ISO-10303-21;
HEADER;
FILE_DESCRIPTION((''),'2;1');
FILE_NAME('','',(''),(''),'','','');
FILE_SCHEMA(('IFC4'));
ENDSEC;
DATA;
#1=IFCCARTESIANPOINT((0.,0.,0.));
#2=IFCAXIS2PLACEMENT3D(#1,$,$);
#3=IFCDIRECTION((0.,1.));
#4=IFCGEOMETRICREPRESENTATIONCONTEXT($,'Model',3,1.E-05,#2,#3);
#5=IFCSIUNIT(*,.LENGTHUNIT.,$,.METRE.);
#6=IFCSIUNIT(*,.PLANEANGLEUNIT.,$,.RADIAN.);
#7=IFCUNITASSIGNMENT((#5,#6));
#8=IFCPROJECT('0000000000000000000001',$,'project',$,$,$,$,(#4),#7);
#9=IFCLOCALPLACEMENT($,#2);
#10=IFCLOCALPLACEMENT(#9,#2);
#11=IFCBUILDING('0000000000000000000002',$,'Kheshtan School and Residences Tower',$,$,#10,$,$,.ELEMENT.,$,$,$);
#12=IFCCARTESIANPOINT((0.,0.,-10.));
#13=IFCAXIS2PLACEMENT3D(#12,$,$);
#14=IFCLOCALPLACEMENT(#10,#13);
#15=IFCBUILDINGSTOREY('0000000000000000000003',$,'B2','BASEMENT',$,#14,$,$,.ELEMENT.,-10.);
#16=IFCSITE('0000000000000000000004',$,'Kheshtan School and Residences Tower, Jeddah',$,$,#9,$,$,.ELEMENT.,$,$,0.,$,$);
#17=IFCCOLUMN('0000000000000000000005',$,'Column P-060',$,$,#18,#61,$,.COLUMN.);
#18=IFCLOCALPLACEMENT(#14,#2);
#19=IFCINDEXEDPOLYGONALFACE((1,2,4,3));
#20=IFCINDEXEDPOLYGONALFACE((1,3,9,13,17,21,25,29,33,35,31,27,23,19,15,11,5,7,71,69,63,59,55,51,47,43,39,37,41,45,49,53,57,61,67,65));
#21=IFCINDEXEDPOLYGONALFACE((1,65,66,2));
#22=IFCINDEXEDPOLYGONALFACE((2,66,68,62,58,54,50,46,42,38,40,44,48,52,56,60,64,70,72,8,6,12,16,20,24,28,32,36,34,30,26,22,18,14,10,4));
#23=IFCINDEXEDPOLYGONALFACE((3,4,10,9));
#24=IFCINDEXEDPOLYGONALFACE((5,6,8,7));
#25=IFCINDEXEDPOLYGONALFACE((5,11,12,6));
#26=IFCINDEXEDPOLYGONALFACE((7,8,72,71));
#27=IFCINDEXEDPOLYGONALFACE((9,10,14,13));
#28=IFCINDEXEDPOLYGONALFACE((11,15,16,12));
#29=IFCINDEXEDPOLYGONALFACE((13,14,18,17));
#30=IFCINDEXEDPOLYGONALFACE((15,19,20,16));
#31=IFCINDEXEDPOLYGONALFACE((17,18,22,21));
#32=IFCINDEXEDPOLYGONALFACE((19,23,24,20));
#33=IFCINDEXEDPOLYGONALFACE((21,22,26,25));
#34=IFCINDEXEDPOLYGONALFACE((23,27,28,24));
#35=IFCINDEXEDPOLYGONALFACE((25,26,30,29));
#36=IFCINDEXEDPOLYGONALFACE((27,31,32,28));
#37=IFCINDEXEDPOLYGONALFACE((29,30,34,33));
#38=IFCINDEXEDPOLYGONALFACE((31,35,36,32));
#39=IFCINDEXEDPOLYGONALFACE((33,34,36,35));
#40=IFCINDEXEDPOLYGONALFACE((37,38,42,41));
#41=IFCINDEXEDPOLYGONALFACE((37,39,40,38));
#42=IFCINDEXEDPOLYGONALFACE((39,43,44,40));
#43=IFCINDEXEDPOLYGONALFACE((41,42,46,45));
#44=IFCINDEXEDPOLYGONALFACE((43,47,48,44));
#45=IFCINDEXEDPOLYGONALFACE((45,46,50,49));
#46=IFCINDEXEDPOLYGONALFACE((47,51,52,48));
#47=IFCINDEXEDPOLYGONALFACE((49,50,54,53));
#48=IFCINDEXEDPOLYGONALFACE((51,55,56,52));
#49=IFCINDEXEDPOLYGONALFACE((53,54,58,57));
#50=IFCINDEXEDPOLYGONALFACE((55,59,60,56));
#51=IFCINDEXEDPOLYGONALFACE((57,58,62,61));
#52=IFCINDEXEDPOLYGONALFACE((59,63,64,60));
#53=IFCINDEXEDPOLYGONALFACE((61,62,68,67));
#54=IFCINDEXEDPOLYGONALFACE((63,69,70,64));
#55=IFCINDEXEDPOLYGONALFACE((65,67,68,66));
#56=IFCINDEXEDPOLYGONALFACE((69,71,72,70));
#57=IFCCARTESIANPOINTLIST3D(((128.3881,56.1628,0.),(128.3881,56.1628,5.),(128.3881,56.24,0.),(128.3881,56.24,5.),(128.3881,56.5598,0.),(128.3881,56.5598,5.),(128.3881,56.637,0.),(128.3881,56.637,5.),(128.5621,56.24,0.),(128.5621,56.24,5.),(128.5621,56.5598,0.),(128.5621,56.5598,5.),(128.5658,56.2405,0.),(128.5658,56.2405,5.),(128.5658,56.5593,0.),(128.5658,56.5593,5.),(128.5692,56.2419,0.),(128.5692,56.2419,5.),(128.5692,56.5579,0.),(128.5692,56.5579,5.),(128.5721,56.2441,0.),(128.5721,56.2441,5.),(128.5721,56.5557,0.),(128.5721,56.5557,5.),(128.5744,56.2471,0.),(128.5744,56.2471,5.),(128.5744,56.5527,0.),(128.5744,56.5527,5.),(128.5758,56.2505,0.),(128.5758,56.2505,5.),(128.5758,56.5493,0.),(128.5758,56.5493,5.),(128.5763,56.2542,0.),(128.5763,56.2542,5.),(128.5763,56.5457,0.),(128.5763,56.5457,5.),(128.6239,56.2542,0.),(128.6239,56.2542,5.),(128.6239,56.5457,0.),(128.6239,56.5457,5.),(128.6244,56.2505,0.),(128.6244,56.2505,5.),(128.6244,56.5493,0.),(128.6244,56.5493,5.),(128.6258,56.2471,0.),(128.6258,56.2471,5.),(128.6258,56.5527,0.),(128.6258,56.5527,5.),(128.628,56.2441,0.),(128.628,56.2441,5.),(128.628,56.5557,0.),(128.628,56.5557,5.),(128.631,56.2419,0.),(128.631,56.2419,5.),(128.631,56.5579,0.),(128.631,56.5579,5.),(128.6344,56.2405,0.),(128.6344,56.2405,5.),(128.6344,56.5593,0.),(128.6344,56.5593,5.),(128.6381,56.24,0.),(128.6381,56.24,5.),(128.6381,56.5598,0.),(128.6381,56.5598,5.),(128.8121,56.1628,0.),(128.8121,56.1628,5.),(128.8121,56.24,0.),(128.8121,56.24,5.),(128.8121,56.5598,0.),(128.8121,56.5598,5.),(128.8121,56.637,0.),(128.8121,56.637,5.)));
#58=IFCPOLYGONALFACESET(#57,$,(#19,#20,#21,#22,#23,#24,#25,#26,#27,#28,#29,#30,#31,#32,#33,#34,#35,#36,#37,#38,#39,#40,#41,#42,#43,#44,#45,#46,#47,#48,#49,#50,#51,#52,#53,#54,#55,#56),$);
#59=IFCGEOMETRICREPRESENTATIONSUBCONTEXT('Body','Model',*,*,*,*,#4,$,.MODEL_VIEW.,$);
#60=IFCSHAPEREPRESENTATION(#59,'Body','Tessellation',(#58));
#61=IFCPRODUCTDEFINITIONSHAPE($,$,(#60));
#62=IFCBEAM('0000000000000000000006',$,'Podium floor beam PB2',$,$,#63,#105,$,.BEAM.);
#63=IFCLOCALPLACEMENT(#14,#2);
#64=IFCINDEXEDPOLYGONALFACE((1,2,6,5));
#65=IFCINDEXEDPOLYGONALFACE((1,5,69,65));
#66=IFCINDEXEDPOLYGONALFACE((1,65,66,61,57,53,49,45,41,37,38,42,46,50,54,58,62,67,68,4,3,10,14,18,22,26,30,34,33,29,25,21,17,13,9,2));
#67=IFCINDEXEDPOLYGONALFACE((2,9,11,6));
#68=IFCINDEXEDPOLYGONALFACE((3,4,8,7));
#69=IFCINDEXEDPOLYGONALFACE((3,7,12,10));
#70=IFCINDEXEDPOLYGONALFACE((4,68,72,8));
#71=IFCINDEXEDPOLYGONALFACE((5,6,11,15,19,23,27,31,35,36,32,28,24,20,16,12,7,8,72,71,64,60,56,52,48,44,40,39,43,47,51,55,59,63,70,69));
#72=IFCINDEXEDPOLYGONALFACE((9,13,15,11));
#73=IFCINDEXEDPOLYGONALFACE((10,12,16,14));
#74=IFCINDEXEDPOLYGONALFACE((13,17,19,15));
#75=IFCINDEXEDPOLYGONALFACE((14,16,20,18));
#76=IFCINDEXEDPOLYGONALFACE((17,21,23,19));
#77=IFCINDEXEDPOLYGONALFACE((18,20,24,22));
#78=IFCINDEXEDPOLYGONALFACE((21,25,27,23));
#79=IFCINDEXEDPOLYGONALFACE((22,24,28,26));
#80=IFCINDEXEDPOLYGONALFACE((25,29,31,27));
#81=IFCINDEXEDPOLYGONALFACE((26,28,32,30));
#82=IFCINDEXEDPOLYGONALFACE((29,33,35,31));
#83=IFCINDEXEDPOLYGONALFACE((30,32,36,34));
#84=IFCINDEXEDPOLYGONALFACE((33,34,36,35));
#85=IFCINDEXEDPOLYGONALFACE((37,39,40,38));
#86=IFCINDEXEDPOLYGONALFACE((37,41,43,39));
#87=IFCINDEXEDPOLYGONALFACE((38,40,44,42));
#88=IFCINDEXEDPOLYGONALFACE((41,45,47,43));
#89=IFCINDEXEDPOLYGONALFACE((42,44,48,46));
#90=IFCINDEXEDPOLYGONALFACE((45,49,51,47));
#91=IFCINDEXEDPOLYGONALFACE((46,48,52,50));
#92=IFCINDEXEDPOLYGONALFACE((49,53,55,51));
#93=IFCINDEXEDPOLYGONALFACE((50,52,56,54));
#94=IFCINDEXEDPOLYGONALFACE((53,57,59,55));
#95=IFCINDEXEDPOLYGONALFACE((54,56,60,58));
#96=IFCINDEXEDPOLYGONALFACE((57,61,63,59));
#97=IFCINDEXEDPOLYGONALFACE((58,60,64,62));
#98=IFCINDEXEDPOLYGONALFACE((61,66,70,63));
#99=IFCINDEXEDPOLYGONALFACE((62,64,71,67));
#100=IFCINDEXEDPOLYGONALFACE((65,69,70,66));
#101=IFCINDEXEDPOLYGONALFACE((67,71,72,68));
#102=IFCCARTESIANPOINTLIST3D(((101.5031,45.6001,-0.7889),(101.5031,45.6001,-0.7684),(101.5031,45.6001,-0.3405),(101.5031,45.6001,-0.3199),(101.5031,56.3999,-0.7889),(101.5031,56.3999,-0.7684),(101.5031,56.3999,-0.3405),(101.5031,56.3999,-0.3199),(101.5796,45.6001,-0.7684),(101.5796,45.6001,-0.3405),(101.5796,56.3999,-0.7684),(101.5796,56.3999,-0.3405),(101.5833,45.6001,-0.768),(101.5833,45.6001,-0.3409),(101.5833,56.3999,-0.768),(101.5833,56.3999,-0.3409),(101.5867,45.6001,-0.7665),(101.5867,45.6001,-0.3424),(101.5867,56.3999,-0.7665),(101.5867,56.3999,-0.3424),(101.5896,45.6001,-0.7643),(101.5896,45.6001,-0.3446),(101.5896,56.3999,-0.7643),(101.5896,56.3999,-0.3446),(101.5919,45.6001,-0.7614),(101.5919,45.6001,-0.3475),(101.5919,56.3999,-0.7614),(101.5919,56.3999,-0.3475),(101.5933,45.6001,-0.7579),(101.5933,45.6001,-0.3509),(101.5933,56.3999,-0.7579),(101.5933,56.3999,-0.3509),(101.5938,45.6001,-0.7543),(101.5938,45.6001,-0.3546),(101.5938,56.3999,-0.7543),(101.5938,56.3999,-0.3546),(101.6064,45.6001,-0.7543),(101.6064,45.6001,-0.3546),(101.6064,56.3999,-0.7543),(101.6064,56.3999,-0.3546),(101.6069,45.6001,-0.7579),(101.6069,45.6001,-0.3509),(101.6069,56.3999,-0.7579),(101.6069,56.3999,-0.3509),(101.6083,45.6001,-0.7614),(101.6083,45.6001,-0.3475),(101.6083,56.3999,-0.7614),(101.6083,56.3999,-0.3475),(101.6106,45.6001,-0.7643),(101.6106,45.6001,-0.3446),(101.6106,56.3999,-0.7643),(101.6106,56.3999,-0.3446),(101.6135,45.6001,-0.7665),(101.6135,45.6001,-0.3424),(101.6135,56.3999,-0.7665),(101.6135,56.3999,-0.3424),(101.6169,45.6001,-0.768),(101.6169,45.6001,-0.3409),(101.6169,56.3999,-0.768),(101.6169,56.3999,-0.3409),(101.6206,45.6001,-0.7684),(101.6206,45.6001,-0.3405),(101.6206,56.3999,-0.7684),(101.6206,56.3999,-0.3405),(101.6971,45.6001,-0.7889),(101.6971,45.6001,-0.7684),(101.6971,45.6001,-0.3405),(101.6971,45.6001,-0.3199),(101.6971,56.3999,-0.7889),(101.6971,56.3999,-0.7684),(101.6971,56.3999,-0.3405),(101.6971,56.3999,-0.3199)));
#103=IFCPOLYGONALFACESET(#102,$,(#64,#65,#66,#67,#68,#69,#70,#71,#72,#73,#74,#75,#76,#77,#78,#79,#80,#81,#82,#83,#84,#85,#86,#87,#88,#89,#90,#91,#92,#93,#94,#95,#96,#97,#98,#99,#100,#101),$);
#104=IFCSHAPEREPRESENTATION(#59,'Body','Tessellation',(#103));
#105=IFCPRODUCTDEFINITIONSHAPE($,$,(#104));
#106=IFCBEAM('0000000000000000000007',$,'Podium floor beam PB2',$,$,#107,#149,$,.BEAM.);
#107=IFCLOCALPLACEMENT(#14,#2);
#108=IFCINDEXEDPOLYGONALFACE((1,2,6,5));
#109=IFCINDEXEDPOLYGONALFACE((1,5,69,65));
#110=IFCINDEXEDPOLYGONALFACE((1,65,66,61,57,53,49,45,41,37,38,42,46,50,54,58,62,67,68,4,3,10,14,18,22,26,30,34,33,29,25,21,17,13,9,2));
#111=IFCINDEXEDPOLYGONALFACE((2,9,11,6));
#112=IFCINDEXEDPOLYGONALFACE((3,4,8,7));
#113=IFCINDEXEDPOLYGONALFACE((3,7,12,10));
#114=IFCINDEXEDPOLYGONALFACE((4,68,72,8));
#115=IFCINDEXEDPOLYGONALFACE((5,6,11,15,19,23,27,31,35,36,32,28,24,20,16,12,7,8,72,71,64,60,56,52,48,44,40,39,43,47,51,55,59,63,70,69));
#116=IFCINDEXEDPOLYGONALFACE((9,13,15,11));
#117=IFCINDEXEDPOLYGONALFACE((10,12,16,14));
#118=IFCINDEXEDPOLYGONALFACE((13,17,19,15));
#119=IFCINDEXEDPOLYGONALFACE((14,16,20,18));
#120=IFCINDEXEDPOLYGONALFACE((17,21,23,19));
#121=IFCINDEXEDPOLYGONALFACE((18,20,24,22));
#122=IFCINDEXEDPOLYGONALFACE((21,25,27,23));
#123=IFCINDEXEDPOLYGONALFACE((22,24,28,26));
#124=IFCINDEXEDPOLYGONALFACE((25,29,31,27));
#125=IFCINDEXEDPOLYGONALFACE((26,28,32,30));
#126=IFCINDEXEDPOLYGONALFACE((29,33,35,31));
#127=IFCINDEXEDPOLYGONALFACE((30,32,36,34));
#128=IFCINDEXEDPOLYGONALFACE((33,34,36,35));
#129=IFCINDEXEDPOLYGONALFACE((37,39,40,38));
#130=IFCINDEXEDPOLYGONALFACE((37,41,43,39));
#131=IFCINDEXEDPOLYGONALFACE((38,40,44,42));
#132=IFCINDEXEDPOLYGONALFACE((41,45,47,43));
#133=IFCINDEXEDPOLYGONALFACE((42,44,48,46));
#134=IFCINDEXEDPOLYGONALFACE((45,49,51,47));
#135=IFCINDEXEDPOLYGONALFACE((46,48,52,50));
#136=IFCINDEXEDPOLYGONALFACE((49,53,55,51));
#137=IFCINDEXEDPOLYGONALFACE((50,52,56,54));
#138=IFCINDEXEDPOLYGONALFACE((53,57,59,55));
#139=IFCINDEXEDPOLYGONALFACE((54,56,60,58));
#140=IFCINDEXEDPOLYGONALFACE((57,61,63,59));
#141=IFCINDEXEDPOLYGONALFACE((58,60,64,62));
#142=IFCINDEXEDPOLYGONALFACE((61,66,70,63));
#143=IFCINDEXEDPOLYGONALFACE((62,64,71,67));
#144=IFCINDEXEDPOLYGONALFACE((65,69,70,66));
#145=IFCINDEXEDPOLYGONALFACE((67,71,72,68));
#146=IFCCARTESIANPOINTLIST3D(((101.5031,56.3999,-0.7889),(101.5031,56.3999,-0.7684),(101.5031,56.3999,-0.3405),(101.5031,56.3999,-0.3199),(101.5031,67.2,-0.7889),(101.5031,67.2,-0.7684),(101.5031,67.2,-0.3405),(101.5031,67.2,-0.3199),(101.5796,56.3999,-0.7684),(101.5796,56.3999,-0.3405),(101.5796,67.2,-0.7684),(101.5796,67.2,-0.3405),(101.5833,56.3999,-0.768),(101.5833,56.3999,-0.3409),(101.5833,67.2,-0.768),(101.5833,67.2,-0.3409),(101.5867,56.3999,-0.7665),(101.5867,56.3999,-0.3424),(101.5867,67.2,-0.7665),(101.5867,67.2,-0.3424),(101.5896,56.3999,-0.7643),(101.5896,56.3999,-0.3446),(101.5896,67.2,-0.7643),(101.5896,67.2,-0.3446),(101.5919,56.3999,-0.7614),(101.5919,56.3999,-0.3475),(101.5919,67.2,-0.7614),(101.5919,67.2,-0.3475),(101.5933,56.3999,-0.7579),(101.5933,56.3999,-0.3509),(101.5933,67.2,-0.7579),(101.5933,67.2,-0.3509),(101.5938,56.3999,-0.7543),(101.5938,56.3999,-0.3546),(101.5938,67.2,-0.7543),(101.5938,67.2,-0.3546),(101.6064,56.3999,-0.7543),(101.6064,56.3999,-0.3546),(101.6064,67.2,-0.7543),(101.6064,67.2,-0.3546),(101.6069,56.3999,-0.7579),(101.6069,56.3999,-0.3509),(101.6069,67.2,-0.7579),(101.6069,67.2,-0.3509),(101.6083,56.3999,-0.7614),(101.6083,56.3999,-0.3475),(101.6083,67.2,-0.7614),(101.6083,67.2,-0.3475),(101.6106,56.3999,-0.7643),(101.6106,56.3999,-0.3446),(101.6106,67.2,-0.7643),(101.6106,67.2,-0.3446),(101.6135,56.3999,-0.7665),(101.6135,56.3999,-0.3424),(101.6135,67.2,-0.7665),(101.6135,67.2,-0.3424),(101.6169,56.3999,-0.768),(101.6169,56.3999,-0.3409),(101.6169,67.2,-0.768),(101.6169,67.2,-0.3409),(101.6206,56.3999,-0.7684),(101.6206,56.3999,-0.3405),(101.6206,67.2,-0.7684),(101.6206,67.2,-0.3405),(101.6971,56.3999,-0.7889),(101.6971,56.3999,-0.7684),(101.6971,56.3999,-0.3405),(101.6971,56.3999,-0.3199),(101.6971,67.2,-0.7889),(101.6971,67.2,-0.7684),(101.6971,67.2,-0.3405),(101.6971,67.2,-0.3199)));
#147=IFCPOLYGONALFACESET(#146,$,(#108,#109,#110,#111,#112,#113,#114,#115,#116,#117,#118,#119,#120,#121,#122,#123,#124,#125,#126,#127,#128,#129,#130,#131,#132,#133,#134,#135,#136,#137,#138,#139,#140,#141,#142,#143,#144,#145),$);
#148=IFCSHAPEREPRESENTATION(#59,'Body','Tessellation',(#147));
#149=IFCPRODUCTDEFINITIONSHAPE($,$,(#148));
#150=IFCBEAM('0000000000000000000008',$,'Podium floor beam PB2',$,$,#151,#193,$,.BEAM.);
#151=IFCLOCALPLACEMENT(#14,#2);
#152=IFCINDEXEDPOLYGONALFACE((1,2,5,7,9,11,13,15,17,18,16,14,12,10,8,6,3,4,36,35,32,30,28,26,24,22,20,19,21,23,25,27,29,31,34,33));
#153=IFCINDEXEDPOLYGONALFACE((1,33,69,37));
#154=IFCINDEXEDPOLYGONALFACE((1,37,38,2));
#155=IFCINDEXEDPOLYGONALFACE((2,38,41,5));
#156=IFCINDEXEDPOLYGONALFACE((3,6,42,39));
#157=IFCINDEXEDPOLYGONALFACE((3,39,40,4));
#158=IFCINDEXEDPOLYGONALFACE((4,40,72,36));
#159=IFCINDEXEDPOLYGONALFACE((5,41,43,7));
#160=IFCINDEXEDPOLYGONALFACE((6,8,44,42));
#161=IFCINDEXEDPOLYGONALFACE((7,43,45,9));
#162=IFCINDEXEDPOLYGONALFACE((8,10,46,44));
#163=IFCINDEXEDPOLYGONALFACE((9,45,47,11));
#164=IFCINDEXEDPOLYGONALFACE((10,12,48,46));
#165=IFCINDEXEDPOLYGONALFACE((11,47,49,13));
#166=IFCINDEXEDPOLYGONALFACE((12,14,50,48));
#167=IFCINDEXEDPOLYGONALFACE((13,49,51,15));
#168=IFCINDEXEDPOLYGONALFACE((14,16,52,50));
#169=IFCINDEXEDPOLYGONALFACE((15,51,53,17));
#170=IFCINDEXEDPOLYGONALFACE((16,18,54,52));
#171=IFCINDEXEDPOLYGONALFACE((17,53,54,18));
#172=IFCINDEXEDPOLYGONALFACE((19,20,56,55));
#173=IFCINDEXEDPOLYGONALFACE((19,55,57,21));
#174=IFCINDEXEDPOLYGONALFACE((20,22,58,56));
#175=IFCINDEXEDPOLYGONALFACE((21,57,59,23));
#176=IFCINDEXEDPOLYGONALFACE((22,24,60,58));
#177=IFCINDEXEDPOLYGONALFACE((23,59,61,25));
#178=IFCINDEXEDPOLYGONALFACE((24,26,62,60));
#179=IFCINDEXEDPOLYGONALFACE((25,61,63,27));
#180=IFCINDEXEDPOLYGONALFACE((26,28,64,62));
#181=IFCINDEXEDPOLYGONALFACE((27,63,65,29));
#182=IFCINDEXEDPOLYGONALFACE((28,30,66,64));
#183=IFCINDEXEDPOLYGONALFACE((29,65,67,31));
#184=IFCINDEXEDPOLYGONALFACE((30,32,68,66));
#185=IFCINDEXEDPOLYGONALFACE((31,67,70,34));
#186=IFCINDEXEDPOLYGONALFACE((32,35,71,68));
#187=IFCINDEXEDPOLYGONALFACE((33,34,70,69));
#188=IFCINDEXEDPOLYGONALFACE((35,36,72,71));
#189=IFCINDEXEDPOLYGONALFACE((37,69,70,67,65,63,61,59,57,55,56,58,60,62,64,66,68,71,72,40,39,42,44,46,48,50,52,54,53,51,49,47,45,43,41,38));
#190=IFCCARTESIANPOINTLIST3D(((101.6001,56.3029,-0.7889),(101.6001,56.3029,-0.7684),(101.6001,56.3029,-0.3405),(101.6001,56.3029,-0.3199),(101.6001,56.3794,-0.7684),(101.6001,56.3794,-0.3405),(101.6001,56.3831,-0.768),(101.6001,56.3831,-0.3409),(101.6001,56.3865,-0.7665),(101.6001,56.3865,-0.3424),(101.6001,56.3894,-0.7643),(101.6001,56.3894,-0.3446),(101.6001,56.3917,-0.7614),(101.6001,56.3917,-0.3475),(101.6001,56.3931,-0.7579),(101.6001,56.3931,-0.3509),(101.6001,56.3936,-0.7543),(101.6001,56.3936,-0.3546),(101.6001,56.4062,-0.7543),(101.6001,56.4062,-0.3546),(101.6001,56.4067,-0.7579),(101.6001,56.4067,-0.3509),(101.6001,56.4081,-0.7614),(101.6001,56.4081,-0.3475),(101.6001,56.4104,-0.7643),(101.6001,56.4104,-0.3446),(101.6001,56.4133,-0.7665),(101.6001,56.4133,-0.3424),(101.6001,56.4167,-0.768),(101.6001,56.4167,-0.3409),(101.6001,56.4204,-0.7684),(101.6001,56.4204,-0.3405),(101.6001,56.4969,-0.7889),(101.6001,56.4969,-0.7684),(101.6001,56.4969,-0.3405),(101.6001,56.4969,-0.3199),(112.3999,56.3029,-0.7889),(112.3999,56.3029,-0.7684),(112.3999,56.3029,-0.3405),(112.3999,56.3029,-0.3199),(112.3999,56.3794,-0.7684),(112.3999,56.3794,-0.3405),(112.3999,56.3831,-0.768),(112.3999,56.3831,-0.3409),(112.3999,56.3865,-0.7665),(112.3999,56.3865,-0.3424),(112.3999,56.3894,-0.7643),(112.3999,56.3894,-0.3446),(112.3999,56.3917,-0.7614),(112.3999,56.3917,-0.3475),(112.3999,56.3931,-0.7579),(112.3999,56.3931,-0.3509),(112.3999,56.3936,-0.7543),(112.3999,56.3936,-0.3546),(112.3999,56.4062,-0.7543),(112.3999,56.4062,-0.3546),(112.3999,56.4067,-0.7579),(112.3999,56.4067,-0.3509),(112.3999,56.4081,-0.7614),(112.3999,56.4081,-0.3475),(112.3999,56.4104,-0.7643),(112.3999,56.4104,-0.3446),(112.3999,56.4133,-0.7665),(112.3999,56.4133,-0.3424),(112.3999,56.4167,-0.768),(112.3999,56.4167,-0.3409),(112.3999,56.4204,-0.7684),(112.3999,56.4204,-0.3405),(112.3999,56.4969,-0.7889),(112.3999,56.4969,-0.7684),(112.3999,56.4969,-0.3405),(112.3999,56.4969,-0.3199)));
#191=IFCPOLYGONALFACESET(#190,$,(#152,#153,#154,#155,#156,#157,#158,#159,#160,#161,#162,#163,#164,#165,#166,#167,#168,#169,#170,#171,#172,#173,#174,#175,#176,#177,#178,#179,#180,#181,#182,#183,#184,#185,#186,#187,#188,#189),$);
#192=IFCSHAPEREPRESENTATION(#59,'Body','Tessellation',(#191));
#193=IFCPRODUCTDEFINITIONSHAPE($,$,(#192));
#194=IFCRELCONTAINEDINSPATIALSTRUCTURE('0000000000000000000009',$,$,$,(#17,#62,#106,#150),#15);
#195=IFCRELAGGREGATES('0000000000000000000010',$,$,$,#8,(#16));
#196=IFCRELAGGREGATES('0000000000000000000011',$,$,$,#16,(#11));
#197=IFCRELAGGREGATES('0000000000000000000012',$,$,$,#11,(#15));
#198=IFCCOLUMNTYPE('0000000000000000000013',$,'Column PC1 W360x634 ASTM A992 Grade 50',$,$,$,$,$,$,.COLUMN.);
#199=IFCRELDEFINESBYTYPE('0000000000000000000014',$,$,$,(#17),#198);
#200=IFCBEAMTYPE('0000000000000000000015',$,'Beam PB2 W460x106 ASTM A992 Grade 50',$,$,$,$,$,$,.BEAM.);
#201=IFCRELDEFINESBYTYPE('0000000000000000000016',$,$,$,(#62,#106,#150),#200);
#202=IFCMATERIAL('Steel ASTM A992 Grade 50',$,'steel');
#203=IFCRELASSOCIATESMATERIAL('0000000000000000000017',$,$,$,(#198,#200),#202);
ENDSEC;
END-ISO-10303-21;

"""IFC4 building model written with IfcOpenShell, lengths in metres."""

from ifc_helpers import new_model, si_unit, direction, frame, origin, origin_2d, place, context, subcontext, project, spatial, i_section, extrude, material, material_profile, profile_set, type_object, element, save


model = new_model("IFC4")

# Units and contexts
model_context = context("Model", 3, precision=1e-05, world=origin(), true_north=direction((0.0, 1.0)))
body_context = subcontext(model_context, "Body", "Model", "MODEL_VIEW")
ifc_project = project(units=[si_unit("LENGTHUNIT", "METRE"), si_unit("PLANEANGLEUNIT", "RADIAN")], contexts=[model_context])

# Site, building, storey
site_placement = place(None, origin())
site = spatial("IfcSite", under=ifc_project, at=site_placement, Name="Kheshtan School and Residences Tower, Jeddah", CompositionType="ELEMENT", RefElevation=0.0)
building_placement = place(site_placement, origin())
building = spatial("IfcBuilding", under=site, at=building_placement, Name="Kheshtan School and Residences Tower", CompositionType="ELEMENT")
storey_placement = place(building_placement, frame((0.0, 0.0, -10.0)))
storey = spatial("IfcBuildingStorey", under=building, at=storey_placement, Name="B2", Description="BASEMENT", CompositionType="ELEMENT", Elevation=-10.0)

# Column
ifc_material_1 = material(Name="Steel ASTM A992 Grade 50", Category="steel")
ifc_material_profile_1 = material_profile(ifc_material_1, i_section(OverallWidth=0.4241, OverallDepth=0.4741, WebThickness=0.0476, FlangeThickness=0.0771, FilletRadius=0.0142, at=origin_2d()), Name="W360x634")
ifc_profile_set_1 = profile_set([ifc_material_profile_1], Name="Steel ASTM A992 Grade 50")
column_type = type_object("IfcColumnType", Name="Column PC1 W360x634 ASTM A992 Grade 50", PredefinedType="COLUMN", material=ifc_profile_set_1)
for number, where, z_axis, x_axis, name in (
    (1, (128.6001, 56.3999, 0.0), (0.0, 0.0, 1.0), (1.0, 0.0, 0.0), "Column P-060"),
):
    element("IfcColumn", number, at=place(storey_placement, frame(where, z_axis=z_axis, x_axis=x_axis)), inside=storey, type_object=column_type, Name=name, PredefinedType="COLUMN", context=body_context, shape_type="SweptSolid", body=[
        extrude(i_section(OverallWidth=0.4241, OverallDepth=0.4741, WebThickness=0.0476, FlangeThickness=0.0771, FilletRadius=0.0142, at=origin_2d()), origin(), (0.0, 0.0, 1.0), 5.0),
    ])

# Beams
ifc_material_profile_2 = material_profile(ifc_material_1, i_section(OverallWidth=0.1941, OverallDepth=0.469, WebThickness=0.0127, FlangeThickness=0.0205, FilletRadius=0.0142, at=origin_2d()), Name="W460x106")
ifc_profile_set_2 = profile_set([ifc_material_profile_2], Name="Steel ASTM A992 Grade 50")
beam_type = type_object("IfcBeamType", Name="Beam PB2 W460x106 ASTM A992 Grade 50", PredefinedType="BEAM", material=ifc_profile_set_2)
beam_1_placement = place(storey_placement, frame((101.6001, 45.6001, -0.5544), z_axis=(0.0, 1.0, 0.0), x_axis=(-1.0, 0.0, 0.0)))
element("IfcBeam", 2, at=beam_1_placement, inside=storey, type_object=beam_type, Name="Podium floor beam PB2", PredefinedType="BEAM", context=body_context, shape_type="SweptSolid", body=[
    extrude(i_section(OverallWidth=0.1941, OverallDepth=0.469, WebThickness=0.0127, FlangeThickness=0.0205, FilletRadius=0.0142, at=origin_2d()), origin(), (0.0, 0.0, 1.0), 10.7998),
])
beam_2_placement = place(storey_placement, frame((101.6001, 56.3999, -0.5544), z_axis=(0.0, 1.0, 0.0), x_axis=(-1.0, 0.0, 0.0)))
element("IfcBeam", 3, at=beam_2_placement, inside=storey, type_object=beam_type, Name="Podium floor beam PB2", PredefinedType="BEAM", context=body_context, shape_type="SweptSolid", body=[
    extrude(i_section(OverallWidth=0.1941, OverallDepth=0.469, WebThickness=0.0127, FlangeThickness=0.0205, FilletRadius=0.0142, at=origin_2d()), origin(), (0.0, 0.0, 1.0), 10.8),
])
beam_3_placement = place(storey_placement, frame((101.6001, 56.3999, -0.5544), z_axis=(1.0, 0.0, 0.0), x_axis=(0.0, 1.0, 0.0)))
element("IfcBeam", 4, at=beam_3_placement, inside=storey, type_object=beam_type, Name="Podium floor beam PB2", PredefinedType="BEAM", context=body_context, shape_type="SweptSolid", body=[
    extrude(i_section(OverallWidth=0.1941, OverallDepth=0.469, WebThickness=0.0127, FlangeThickness=0.0205, FilletRadius=0.0142, at=origin_2d()), origin(), (0.0, 0.0, 1.0), 10.7998),
])

save(model, "model.ifc")
